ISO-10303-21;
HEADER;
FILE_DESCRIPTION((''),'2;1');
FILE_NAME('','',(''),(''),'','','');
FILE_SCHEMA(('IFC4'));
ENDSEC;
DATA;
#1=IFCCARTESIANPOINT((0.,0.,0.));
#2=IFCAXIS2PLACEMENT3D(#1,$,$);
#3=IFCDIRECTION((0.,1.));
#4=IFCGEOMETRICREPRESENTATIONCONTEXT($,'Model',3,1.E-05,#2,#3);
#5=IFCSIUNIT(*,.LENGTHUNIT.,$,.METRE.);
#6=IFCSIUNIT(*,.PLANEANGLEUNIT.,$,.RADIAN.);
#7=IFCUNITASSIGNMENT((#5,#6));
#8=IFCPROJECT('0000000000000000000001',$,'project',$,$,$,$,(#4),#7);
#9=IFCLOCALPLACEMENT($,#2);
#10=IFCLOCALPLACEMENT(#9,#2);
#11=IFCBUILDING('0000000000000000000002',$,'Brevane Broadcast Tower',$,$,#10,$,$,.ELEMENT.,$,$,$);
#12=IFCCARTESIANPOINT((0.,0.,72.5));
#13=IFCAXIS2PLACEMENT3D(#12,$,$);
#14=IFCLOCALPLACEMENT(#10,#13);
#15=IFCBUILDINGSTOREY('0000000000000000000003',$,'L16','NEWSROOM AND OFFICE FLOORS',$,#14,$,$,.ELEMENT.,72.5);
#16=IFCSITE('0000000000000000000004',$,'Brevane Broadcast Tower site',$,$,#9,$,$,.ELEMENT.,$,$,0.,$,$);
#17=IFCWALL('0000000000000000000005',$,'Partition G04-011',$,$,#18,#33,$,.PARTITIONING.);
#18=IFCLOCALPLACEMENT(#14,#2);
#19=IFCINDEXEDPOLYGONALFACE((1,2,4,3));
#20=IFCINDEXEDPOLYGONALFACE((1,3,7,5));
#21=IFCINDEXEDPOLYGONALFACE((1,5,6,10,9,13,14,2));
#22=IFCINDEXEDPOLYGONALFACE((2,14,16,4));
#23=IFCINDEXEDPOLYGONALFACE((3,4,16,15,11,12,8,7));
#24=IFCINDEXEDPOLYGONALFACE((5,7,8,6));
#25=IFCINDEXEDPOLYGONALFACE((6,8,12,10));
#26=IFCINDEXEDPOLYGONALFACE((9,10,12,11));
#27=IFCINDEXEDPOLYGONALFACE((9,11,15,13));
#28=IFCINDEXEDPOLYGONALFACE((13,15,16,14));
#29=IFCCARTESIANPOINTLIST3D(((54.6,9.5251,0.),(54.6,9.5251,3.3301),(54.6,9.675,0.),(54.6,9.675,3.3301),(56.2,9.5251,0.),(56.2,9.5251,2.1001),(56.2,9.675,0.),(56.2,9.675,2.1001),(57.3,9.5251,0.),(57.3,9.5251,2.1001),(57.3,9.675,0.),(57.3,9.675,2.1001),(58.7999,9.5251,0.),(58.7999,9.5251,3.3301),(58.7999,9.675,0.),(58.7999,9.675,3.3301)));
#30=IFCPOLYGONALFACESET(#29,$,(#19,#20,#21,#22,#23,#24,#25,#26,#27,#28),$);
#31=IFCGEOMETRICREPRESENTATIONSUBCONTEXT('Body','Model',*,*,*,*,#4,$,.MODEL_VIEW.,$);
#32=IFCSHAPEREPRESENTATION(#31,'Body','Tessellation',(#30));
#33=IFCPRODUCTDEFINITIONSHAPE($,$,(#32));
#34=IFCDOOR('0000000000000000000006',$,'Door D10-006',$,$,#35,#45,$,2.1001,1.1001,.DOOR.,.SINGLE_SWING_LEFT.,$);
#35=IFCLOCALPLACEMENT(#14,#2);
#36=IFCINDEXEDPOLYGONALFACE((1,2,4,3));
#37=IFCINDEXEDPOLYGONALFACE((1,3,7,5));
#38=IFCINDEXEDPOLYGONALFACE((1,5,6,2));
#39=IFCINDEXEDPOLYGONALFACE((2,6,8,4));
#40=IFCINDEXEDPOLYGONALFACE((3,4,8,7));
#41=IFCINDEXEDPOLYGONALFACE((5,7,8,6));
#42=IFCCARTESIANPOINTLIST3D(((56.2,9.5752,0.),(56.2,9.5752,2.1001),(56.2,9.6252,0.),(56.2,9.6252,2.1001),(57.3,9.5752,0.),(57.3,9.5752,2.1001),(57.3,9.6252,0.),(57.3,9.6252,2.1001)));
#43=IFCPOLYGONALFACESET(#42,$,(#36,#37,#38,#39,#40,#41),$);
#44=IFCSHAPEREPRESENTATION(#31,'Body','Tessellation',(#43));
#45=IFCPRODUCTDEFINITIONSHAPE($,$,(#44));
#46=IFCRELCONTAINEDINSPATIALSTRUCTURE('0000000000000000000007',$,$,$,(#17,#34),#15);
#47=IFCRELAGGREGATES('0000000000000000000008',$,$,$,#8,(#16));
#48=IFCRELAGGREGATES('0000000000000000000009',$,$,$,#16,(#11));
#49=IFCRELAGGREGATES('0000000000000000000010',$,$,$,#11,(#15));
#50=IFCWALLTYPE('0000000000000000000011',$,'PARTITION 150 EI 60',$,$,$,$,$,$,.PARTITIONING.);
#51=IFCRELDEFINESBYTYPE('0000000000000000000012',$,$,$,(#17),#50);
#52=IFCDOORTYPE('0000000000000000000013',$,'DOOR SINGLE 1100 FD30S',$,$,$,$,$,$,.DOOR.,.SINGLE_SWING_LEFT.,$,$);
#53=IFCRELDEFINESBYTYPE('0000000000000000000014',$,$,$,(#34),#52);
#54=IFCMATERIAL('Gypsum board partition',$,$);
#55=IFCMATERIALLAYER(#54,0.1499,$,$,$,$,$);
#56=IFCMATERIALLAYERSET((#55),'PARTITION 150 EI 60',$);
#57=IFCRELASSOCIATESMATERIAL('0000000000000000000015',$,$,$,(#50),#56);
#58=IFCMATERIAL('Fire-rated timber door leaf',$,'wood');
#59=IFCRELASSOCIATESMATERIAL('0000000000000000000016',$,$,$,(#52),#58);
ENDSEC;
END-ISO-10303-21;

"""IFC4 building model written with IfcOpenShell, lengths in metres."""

from ifc_helpers import new_model, si_unit, direction, frame, frame_2d, origin, place, context, subcontext, project, spatial, rectangle, extrude, material, layer, layer_set, type_object, element, fill, save


model = new_model("IFC4")

# Units and contexts
model_context = context("Model", 3, precision=1e-05, world=origin(), true_north=direction((0.0, 1.0)))
body_context = subcontext(model_context, "Body", "Model", "MODEL_VIEW")
ifc_project = project(units=[si_unit("LENGTHUNIT", "METRE"), si_unit("PLANEANGLEUNIT", "RADIAN")], contexts=[model_context])

# Site, building, storey
site_placement = place(None, origin())
site = spatial("IfcSite", under=ifc_project, at=site_placement, Name="Brevane Broadcast Tower site", CompositionType="ELEMENT", RefElevation=0.0)
building_placement = place(site_placement, origin())
building = spatial("IfcBuilding", under=site, at=building_placement, Name="Brevane Broadcast Tower", CompositionType="ELEMENT")
storey_placement = place(building_placement, frame((0.0, 0.0, 72.5)))
storey = spatial("IfcBuildingStorey", under=building, at=storey_placement, Name="L16", Description="NEWSROOM AND OFFICE FLOORS", CompositionType="ELEMENT", Elevation=72.5)

# Shared definitions
ifc_material_1 = material(Name="Gypsum board partition")

# Wall, opening, door
ifc_layer_1 = layer(ifc_material_1, 0.1499)
ifc_layer_set_1 = layer_set([ifc_layer_1], Name="PARTITION 150 EI 60")
wall_type_1 = type_object("IfcWallType", Name="PARTITION 150 EI 60", PredefinedType="PARTITIONING", material=ifc_layer_set_1)
ifc_material_2 = material(Name="Fire-rated timber door leaf", Category="wood")
wall_1_placement = place(storey_placement, frame((58.8, 9.6001, 0.0), z_axis=(0.0, 0.0, 1.0), x_axis=(-1.0, 0.0, 0.0)))
wall_1 = element("IfcWall", 1, at=wall_1_placement, inside=storey, type_object=wall_type_1, Name="Partition G04-011", PredefinedType="PARTITIONING", context=body_context, shape_type="SweptSolid", body=[
    extrude(rectangle(XDim=4.2, YDim=0.1499, at=frame_2d((2.1001, 0.0))), origin(), (0.0, 0.0, 1.0), 3.3301),
])
opening_1_placement = place(wall_1_placement, frame((1.5, 0.0, 0.0)))
opening_1 = element("IfcOpeningElement", 2, at=opening_1_placement, cuts=wall_1, PredefinedType="OPENING", context=body_context, shape_type="SweptSolid", body=[
    extrude(rectangle(XDim=1.1001, YDim=2.1001, at=frame_2d((0.55, 1.05))), frame((0.0, 0.085, 0.0), z_axis=(0.0, -1.0, 0.0), x_axis=(1.0, 0.0, 0.0)), (0.0, 0.0, 1.0), 0.1699),
])
door_type_1 = type_object("IfcDoorType", Name="DOOR SINGLE 1100 FD30S", OperationType="SINGLE_SWING_LEFT", PredefinedType="DOOR", material=ifc_material_2)
door_1_placement = place(opening_1_placement, origin())
door_1 = element("IfcDoor", 3, at=door_1_placement, inside=storey, type_object=door_type_1, Name="Door D10-006", OperationType="SINGLE_SWING_LEFT", OverallHeight=2.1001, OverallWidth=1.1001, PredefinedType="DOOR", context=body_context, shape_type="SweptSolid", body=[
    extrude(rectangle(XDim=1.1001, YDim=2.1001, at=frame_2d((0.55, 1.05))), frame((0.0, 0.0249, 0.0), z_axis=(0.0, -1.0, 0.0), x_axis=(1.0, 0.0, 0.0)), (0.0, 0.0, 1.0), 0.05),
])
fill(opening_1, door_1)

save(model, "model.ifc")
